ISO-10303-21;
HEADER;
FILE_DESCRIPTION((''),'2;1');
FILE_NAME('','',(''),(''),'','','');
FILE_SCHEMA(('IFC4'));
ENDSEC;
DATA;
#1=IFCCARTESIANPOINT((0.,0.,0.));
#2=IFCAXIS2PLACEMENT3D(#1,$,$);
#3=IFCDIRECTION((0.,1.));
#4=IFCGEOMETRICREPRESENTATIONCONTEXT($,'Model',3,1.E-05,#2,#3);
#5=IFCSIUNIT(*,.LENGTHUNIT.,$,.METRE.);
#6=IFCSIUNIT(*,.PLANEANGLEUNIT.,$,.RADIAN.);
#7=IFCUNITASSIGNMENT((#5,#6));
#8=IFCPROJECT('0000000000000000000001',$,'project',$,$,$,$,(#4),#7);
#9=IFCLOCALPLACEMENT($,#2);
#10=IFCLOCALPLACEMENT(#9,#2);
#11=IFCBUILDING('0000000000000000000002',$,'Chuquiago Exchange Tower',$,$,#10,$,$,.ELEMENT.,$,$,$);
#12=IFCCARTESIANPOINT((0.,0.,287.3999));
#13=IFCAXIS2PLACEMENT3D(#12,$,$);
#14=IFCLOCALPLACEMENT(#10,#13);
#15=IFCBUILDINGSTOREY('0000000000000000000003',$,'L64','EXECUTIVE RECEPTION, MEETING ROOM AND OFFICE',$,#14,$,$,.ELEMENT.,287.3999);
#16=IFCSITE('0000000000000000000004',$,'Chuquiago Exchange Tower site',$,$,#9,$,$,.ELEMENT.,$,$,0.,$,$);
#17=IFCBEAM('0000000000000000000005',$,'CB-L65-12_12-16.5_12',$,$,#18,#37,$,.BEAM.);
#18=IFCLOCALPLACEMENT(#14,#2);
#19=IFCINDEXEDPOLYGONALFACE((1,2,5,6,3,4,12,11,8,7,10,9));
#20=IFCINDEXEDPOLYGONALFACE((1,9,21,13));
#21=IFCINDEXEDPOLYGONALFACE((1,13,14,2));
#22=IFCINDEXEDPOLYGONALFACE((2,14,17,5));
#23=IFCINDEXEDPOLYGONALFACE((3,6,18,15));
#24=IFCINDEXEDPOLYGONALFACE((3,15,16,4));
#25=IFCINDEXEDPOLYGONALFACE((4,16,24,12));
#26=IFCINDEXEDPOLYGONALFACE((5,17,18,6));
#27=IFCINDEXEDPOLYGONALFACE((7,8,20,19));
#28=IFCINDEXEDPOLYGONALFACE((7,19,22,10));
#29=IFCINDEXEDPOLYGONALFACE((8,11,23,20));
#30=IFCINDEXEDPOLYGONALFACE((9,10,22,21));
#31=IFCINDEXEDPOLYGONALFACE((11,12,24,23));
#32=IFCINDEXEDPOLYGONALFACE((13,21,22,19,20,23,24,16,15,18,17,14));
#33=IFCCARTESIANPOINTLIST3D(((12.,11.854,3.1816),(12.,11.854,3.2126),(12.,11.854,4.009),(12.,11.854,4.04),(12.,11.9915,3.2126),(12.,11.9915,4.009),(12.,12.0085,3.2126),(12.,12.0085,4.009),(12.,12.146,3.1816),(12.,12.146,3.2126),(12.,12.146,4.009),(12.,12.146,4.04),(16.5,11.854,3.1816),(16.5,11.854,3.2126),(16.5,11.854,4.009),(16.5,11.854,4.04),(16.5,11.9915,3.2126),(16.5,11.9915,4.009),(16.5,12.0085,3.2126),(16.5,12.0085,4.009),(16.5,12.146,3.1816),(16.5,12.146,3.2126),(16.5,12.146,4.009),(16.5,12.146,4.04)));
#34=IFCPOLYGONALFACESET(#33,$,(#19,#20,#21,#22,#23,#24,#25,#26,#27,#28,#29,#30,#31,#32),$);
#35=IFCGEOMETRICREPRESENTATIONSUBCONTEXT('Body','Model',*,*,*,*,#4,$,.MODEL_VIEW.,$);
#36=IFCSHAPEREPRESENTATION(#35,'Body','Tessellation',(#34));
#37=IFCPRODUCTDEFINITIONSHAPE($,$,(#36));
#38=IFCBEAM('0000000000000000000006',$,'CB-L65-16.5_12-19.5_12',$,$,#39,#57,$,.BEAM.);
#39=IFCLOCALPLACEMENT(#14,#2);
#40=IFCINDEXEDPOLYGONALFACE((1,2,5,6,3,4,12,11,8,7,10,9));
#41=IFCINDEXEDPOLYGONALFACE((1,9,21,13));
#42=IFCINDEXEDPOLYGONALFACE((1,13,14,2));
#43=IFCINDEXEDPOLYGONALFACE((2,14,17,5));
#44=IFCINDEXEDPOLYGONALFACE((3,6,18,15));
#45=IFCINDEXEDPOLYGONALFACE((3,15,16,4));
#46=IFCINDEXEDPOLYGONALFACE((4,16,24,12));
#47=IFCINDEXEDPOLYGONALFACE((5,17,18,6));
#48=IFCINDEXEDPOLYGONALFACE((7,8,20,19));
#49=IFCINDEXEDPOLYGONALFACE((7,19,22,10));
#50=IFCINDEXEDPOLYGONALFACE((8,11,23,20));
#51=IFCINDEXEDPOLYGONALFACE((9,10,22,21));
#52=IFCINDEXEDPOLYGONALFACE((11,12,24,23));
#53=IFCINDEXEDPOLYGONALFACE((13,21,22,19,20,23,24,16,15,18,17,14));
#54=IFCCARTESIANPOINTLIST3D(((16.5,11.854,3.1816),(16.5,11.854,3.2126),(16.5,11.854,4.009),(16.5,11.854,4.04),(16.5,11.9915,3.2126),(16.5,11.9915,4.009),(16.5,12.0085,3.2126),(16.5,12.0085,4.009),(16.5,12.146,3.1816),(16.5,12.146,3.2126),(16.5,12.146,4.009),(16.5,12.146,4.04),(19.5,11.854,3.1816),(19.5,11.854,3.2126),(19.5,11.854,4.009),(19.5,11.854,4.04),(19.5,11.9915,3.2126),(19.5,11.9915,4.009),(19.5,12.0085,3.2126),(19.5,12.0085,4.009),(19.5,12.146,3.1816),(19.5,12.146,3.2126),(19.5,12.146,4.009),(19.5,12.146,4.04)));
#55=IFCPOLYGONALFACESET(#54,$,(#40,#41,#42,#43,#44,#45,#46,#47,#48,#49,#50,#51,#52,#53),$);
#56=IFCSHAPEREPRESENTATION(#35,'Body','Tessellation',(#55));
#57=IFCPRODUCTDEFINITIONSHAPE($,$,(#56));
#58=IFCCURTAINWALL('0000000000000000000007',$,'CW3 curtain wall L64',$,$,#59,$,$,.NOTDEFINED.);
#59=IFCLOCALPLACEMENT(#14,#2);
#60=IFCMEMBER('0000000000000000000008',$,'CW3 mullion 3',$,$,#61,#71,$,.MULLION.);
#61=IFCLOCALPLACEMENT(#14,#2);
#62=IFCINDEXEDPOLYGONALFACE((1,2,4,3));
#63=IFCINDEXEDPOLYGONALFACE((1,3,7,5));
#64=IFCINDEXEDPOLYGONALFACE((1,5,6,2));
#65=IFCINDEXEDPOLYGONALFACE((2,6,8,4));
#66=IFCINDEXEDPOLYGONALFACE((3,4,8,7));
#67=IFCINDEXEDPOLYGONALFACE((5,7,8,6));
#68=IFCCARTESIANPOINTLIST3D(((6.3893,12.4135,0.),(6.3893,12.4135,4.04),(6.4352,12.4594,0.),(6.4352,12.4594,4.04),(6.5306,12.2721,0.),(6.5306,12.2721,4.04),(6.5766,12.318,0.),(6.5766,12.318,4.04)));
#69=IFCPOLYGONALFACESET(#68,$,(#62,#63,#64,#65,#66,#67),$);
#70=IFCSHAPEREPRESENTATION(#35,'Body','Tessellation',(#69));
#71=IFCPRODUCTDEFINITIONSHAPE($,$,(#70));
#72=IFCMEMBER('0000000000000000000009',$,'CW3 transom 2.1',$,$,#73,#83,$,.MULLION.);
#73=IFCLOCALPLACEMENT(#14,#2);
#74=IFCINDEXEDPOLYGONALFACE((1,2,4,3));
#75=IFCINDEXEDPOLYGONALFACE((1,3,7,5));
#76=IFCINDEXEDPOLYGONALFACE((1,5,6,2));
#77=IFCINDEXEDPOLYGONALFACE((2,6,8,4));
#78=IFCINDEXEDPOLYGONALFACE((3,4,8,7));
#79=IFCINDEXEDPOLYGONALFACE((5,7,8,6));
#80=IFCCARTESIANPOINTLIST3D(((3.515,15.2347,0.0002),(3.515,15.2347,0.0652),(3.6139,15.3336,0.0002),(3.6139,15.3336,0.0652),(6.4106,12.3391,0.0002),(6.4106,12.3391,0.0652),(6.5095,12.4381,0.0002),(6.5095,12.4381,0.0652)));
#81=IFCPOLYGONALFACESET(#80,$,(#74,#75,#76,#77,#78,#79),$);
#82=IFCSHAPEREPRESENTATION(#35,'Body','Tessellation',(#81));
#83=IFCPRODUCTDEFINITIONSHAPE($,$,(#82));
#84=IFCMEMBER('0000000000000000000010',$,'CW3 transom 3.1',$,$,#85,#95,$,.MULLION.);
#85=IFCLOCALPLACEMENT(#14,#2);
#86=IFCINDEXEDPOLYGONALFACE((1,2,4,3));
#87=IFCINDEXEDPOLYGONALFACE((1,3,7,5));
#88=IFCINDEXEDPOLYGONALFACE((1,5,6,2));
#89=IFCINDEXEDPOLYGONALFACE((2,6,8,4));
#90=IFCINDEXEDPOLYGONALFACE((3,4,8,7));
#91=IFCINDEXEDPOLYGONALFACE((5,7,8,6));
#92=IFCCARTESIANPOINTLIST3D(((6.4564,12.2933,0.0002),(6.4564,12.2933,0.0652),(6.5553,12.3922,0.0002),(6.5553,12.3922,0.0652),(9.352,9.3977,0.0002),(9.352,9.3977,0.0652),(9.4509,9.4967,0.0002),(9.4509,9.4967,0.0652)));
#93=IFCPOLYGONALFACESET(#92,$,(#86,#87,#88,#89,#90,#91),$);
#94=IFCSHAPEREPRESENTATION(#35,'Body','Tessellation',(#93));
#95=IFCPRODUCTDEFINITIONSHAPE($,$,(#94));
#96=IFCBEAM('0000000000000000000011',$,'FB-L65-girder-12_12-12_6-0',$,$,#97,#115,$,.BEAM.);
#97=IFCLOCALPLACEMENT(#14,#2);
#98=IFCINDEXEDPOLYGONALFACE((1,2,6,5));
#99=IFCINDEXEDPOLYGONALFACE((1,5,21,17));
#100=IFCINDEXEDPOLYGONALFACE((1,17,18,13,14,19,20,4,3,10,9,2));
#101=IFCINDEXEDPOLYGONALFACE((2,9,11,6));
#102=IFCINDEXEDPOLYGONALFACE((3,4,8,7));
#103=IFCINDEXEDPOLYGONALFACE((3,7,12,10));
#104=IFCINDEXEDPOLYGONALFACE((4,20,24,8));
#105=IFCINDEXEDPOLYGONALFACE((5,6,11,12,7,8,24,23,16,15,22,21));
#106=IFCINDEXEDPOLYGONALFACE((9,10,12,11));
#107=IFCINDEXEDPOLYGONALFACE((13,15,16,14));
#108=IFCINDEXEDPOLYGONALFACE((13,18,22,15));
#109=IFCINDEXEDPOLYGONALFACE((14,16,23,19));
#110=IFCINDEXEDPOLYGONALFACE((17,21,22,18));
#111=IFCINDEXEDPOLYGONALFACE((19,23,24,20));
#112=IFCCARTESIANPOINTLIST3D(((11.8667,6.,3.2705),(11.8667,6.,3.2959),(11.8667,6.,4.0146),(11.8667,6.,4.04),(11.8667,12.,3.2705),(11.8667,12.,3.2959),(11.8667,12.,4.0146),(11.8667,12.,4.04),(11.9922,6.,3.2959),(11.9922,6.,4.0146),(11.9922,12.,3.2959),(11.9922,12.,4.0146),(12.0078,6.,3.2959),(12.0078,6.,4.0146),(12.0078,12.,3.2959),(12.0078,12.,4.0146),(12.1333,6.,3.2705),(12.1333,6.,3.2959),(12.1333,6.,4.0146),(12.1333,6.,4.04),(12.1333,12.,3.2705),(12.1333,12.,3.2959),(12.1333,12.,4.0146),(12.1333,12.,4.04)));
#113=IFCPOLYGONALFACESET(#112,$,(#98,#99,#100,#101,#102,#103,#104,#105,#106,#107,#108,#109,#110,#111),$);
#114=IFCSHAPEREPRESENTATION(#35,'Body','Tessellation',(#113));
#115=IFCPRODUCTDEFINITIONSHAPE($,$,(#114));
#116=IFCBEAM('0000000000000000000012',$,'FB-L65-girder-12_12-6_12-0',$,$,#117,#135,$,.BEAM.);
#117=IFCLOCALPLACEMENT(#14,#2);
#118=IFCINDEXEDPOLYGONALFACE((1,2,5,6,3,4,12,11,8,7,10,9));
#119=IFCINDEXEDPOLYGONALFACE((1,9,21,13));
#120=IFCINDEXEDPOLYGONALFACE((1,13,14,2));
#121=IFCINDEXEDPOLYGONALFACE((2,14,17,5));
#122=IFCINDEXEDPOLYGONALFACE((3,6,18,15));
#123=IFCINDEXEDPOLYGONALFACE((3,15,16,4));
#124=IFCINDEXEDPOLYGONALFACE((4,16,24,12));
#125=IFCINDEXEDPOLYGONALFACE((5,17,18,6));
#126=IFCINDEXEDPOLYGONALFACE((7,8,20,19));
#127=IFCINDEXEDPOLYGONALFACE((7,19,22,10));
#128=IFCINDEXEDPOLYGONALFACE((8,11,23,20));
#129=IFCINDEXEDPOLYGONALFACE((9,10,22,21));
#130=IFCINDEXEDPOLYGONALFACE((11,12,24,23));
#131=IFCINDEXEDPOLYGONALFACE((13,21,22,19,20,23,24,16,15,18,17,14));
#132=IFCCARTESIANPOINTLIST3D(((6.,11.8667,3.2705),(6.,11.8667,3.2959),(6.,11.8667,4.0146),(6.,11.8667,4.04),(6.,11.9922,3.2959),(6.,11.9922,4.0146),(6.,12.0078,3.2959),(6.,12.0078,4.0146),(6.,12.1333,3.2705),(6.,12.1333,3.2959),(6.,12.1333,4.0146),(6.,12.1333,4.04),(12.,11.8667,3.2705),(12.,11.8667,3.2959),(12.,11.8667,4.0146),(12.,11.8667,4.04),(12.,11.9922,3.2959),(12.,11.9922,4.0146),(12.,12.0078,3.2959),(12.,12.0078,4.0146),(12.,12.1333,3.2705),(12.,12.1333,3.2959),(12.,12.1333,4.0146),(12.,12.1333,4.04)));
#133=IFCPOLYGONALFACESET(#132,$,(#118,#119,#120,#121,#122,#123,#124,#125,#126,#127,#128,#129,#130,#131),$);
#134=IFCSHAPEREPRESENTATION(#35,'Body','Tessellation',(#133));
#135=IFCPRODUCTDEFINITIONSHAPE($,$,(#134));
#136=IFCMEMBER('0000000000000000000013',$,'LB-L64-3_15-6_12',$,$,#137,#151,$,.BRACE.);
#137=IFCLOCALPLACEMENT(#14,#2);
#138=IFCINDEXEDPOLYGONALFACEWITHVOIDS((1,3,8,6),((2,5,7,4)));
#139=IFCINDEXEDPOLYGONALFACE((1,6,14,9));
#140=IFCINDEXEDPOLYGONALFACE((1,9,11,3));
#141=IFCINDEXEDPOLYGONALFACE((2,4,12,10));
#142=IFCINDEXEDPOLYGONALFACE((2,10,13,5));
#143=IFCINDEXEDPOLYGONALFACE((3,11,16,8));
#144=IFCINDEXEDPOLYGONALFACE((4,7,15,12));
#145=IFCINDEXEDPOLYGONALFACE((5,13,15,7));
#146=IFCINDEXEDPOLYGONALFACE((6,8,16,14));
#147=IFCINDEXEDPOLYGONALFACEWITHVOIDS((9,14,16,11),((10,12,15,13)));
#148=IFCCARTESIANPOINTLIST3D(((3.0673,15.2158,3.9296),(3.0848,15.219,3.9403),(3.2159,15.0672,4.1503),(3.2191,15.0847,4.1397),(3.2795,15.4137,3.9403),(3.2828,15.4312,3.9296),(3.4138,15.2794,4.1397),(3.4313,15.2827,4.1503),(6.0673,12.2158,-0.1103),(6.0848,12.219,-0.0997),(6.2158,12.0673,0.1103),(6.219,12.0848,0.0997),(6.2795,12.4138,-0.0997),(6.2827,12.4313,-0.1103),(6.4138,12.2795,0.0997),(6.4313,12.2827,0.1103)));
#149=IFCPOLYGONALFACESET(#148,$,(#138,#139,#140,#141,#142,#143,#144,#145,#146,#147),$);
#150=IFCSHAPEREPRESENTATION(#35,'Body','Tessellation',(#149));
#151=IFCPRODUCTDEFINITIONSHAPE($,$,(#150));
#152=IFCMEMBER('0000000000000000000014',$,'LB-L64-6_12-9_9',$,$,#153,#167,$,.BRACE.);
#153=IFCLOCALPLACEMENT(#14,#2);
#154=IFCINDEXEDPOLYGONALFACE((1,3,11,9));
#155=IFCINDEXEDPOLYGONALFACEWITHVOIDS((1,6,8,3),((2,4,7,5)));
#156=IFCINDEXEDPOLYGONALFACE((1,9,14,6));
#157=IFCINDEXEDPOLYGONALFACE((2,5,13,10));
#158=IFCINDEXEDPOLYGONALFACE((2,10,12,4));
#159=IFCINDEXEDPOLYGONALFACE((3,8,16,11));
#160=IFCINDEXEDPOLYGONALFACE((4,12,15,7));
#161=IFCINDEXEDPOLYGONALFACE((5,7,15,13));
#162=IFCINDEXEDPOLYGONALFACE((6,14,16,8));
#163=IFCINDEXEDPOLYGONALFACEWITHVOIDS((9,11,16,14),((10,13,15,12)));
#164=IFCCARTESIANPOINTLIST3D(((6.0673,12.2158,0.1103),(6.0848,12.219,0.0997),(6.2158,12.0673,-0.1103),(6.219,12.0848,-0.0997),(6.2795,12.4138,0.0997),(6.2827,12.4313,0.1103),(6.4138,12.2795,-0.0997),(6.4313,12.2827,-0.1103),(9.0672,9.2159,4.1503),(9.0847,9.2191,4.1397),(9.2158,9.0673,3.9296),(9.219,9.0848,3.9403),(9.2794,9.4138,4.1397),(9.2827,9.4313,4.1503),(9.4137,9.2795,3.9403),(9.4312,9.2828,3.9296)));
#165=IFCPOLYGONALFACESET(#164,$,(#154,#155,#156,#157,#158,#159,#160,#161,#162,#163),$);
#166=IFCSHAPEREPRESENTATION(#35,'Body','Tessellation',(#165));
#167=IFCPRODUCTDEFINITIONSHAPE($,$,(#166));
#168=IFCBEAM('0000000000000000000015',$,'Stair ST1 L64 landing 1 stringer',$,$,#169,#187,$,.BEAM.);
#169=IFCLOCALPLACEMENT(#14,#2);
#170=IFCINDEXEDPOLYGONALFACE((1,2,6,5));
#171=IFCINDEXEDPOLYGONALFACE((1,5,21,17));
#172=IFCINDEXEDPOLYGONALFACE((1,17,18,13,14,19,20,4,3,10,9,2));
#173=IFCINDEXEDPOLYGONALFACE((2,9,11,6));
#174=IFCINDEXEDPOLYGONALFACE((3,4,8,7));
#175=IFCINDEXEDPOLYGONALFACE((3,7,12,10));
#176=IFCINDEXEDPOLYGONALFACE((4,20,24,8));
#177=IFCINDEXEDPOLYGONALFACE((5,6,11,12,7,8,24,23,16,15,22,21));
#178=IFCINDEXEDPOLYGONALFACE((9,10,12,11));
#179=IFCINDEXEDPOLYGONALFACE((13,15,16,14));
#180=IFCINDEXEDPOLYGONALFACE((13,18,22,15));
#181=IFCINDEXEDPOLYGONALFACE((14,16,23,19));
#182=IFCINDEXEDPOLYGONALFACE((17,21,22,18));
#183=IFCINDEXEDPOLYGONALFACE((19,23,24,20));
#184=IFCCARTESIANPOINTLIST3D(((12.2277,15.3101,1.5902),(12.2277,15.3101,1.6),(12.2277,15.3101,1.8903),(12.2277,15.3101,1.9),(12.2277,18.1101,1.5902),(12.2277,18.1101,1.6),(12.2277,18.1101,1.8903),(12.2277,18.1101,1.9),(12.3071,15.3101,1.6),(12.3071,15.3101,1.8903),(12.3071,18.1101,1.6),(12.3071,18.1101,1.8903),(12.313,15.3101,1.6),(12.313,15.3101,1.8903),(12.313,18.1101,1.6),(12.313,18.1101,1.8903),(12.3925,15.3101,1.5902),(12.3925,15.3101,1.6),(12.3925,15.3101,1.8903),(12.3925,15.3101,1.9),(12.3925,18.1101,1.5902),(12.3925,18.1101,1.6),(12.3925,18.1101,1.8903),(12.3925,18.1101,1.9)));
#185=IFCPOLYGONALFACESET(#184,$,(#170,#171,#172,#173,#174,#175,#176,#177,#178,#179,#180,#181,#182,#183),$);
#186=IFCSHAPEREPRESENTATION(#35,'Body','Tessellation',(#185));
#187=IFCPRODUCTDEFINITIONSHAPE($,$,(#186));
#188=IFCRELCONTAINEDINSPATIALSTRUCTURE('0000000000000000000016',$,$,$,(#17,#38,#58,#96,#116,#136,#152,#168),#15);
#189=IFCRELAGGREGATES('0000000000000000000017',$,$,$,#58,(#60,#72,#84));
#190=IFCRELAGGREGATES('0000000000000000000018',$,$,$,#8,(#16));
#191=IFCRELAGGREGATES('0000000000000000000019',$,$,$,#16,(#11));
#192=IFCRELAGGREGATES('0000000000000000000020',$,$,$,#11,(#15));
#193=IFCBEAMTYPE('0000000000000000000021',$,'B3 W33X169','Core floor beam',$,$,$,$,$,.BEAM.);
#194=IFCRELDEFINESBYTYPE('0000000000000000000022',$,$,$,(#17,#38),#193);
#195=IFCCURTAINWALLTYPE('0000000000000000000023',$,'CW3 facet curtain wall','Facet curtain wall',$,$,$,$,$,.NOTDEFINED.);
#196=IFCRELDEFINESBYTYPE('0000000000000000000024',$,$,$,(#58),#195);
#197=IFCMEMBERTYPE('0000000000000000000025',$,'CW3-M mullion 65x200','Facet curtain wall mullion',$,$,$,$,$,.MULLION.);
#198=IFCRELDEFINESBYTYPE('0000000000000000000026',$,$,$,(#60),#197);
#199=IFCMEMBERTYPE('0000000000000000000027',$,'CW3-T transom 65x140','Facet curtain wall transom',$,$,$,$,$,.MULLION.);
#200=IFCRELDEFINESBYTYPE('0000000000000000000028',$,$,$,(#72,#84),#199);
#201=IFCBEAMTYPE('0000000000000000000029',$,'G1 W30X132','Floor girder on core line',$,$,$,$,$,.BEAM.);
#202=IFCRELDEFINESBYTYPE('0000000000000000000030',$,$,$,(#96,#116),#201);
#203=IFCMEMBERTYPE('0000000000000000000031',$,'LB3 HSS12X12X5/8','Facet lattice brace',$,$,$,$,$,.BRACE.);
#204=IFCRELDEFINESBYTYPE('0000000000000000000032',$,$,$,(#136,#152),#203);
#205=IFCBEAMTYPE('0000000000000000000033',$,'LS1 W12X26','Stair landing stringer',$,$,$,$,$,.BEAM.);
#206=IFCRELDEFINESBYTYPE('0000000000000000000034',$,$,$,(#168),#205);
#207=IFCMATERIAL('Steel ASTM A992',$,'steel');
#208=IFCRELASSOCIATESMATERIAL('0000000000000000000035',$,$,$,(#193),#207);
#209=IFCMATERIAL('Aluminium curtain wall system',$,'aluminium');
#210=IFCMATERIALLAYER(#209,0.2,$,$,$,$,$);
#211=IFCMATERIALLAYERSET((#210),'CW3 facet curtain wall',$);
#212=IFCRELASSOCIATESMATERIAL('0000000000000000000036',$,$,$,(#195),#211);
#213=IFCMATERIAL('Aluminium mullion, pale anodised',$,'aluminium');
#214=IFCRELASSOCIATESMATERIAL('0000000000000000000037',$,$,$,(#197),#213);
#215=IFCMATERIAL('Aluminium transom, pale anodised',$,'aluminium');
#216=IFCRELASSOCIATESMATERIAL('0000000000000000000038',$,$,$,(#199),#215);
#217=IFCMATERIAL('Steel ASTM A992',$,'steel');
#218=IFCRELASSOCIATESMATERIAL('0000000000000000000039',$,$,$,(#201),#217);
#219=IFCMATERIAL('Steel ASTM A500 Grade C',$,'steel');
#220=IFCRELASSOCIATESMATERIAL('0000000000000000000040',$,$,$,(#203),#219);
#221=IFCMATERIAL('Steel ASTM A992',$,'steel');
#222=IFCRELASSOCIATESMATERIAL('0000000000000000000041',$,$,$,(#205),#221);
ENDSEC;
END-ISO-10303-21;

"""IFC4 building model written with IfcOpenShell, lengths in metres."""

from ifc_helpers import new_model, si_unit, direction, frame, origin, origin_2d, place, context, subcontext, project, spatial, rectangle, hollow_rectangle, i_section, extrude, material, layer, layer_set, material_profile, profile_set, type_object, element, aggregate, save


model = new_model("IFC4")

# Units and contexts
model_context = context("Model", 3, precision=1e-05, world=origin(), true_north=direction((0.0, 1.0)))
body_context = subcontext(model_context, "Body", "Model", "MODEL_VIEW")
ifc_project = project(units=[si_unit("LENGTHUNIT", "METRE"), si_unit("PLANEANGLEUNIT", "RADIAN")], contexts=[model_context])

# Site, building, storey
site_placement = place(None, origin())
site = spatial("IfcSite", under=ifc_project, at=site_placement, Name="Chuquiago Exchange Tower site", CompositionType="ELEMENT", RefElevation=0.0)
building_placement = place(site_placement, origin())
building = spatial("IfcBuilding", under=site, at=building_placement, Name="Chuquiago Exchange Tower", CompositionType="ELEMENT")
storey_placement = place(building_placement, frame((0.0, 0.0, 287.3999)))
storey = spatial("IfcBuildingStorey", under=building, at=storey_placement, Name="L64", Description="EXECUTIVE RECEPTION, MEETING ROOM AND OFFICE", CompositionType="ELEMENT", Elevation=287.3999)

# Beams
ifc_material_1 = material(Name="Steel ASTM A992", Category="steel")
ifc_material_profile_1 = material_profile(ifc_material_1, i_section(OverallWidth=0.292, OverallDepth=0.8584, WebThickness=0.0171, FlangeThickness=0.031, at=origin_2d()), Name="W33X169")
ifc_profile_set_1 = profile_set([ifc_material_profile_1], Name="Steel ASTM A992")
beam_type_1 = type_object("IfcBeamType", Name="B3 W33X169", Description="Core floor beam", PredefinedType="BEAM", material=ifc_profile_set_1)
beam_1_placement = place(storey_placement, frame((12.0, 12.0, 3.6108), z_axis=(1.0, 0.0, 0.0), x_axis=(0.0, 1.0, 0.0)))
element("IfcBeam", 1, at=beam_1_placement, inside=storey, type_object=beam_type_1, Name="CB-L65-12_12-16.5_12", PredefinedType="BEAM", context=body_context, shape_type="SweptSolid", body=[
    extrude(i_section(OverallWidth=0.292, OverallDepth=0.8584, WebThickness=0.0171, FlangeThickness=0.031, at=origin_2d()), origin(), (0.0, 0.0, 1.0), 4.5),
])
beam_2_placement = place(storey_placement, frame((16.5, 12.0, 3.6108), z_axis=(1.0, 0.0, 0.0), x_axis=(0.0, 1.0, 0.0)))
element("IfcBeam", 2, at=beam_2_placement, inside=storey, type_object=beam_type_1, Name="CB-L65-16.5_12-19.5_12", PredefinedType="BEAM", context=body_context, shape_type="SweptSolid", body=[
    extrude(i_section(OverallWidth=0.292, OverallDepth=0.8584, WebThickness=0.0171, FlangeThickness=0.031, at=origin_2d()), origin(), (0.0, 0.0, 1.0), 3.0),
])

# Curtain wall, members
ifc_material_2 = material(Name="Aluminium curtain wall system", Category="aluminium")
ifc_layer_1 = layer(ifc_material_2, 0.2)
ifc_layer_set_1 = layer_set([ifc_layer_1], Name="CW3 facet curtain wall")
curtain_wall_type = type_object("IfcCurtainWallType", Name="CW3 facet curtain wall", Description="Facet curtain wall", PredefinedType="NOTDEFINED", material=ifc_layer_set_1)
curtain_wall_placement = place(storey_placement, origin())
curtain_wall = element("IfcCurtainWall", 3, at=curtain_wall_placement, inside=storey, type_object=curtain_wall_type, Name="CW3 curtain wall L64", PredefinedType="NOTDEFINED")
ifc_material_3 = material(Name="Aluminium mullion, pale anodised", Category="aluminium")
ifc_material_profile_2 = material_profile(ifc_material_3, rectangle(XDim=0.0649, YDim=0.2, at=origin_2d()), Name="AL 65x200")
ifc_profile_set_2 = profile_set([ifc_material_profile_2], Name="Aluminium mullion, pale anodised")
member_type_1 = type_object("IfcMemberType", Name="CW3-M mullion 65x200", Description="Facet curtain wall mullion", PredefinedType="MULLION", material=ifc_profile_set_2)
member_1_placement = place(storey_placement, frame((6.4829, 12.3657, 0.0), z_axis=(0.0, 0.0, 1.0), x_axis=(0.707107, 0.707107, 0.0)))
member_1 = element("IfcMember", 4, at=member_1_placement, type_object=member_type_1, Name="CW3 mullion 3", PredefinedType="MULLION", context=body_context, shape_type="SweptSolid", body=[
    extrude(rectangle(XDim=0.0649, YDim=0.2, at=origin_2d()), origin(), (0.0, 0.0, 1.0), 4.04),
])
ifc_material_4 = material(Name="Aluminium transom, pale anodised", Category="aluminium")
ifc_material_profile_3 = material_profile(ifc_material_4, rectangle(XDim=0.1399, YDim=0.0649, at=origin_2d()), Name="AL 140x65")
ifc_profile_set_3 = profile_set([ifc_material_profile_3], Name="Aluminium transom, pale anodised")
member_type_2 = type_object("IfcMemberType", Name="CW3-T transom 65x140", Description="Facet curtain wall transom", PredefinedType="MULLION", material=ifc_profile_set_3)
member_2_placement = place(storey_placement, frame((3.5645, 15.2842, 0.0327), z_axis=(0.707107, -0.707107, 0.0), x_axis=(0.707107, 0.707107, 0.0)))
member_2 = element("IfcMember", 5, at=member_2_placement, type_object=member_type_2, Name="CW3 transom 2.1", PredefinedType="MULLION", context=body_context, shape_type="SweptSolid", body=[
    extrude(rectangle(XDim=0.1399, YDim=0.0649, at=origin_2d()), origin(), (0.0, 0.0, 1.0), 4.095),
])
member_3_placement = place(storey_placement, frame((6.5059, 12.3428, 0.0327), z_axis=(0.707107, -0.707107, 0.0), x_axis=(0.707107, 0.707107, 0.0)))
member_3 = element("IfcMember", 6, at=member_3_placement, type_object=member_type_2, Name="CW3 transom 3.1", PredefinedType="MULLION", context=body_context, shape_type="SweptSolid", body=[
    extrude(rectangle(XDim=0.1399, YDim=0.0649, at=origin_2d()), origin(), (0.0, 0.0, 1.0), 4.095),
])

# Beams
ifc_material_5 = material(Name="Steel ASTM A992", Category="steel")
ifc_material_profile_4 = material_profile(ifc_material_5, i_section(OverallWidth=0.2666, OverallDepth=0.7695, WebThickness=0.0156, FlangeThickness=0.0254, at=origin_2d()), Name="W30X132")
ifc_profile_set_4 = profile_set([ifc_material_profile_4], Name="Steel ASTM A992")
beam_type_2 = type_object("IfcBeamType", Name="G1 W30X132", Description="Floor girder on core line", PredefinedType="BEAM", material=ifc_profile_set_4)
for number, where, z_axis, x_axis, name in (
    (7, (12.0, 12.0, 3.6553), (0.0, -1.0, 0.0), (1.0, 0.0, 0.0), "FB-L65-girder-12_12-12_6-0"),
    (8, (12.0, 12.0, 3.6553), (-1.0, 0.0, 0.0), (0.0, -1.0, 0.0), "FB-L65-girder-12_12-6_12-0"),
):
    element("IfcBeam", number, at=place(storey_placement, frame(where, z_axis=z_axis, x_axis=x_axis)), inside=storey, type_object=beam_type_2, Name=name, PredefinedType="BEAM", context=body_context, shape_type="SweptSolid", body=[
        extrude(i_section(OverallWidth=0.2666, OverallDepth=0.7695, WebThickness=0.0156, FlangeThickness=0.0254, at=origin_2d()), origin(), (0.0, 0.0, 1.0), 6.0),
    ])

# Members
ifc_material_6 = material(Name="Steel ASTM A500 Grade C", Category="steel")
ifc_material_profile_5 = material_profile(ifc_material_6, hollow_rectangle(XDim=0.3047, YDim=0.3047, WallThickness=0.0146, at=origin_2d()), Name="HSS12X12X5/8")
ifc_profile_set_5 = profile_set([ifc_material_profile_5], Name="Steel ASTM A500 Grade C")
member_type_3 = type_object("IfcMemberType", Name="LB3 HSS12X12X5/8", Description="Facet lattice brace", PredefinedType="BRACE", material=ifc_profile_set_5)
for number, where, z_axis, x_axis, name in (
    (9, (6.2493, 12.2493, 0.0), (-0.512077, 0.512077, 0.689604), (-0.707107, -0.707107, 0.0), "LB-L64-3_15-6_12"),
    (10, (6.2493, 12.2493, 0.0), (0.512077, -0.512077, 0.689604), (0.707107, 0.707107, 0.0), "LB-L64-6_12-9_9"),
):
    element("IfcMember", number, at=place(storey_placement, frame(where, z_axis=z_axis, x_axis=x_axis)), inside=storey, type_object=member_type_3, Name=name, PredefinedType="BRACE", context=body_context, shape_type="SweptSolid", body=[
        extrude(hollow_rectangle(XDim=0.3047, YDim=0.3047, WallThickness=0.0146, at=origin_2d()), origin(), (0.0, 0.0, 1.0), 5.8584),
    ])

# Beam
ifc_material_7 = material(Name="Steel ASTM A992", Category="steel")
ifc_material_profile_6 = material_profile(ifc_material_7, i_section(OverallWidth=0.1648, OverallDepth=0.3098, WebThickness=0.0059, FlangeThickness=0.0098, at=origin_2d()), Name="W12X26")
ifc_profile_set_6 = profile_set([ifc_material_profile_6], Name="Steel ASTM A992")
beam_type_3 = type_object("IfcBeamType", Name="LS1 W12X26", Description="Stair landing stringer", PredefinedType="BEAM", material=ifc_profile_set_6)
for number, where, z_axis, x_axis, name in (
    (11, (12.3101, 15.3101, 1.7451), (0.0, 1.0, 0.0), (-1.0, 0.0, 0.0), "Stair ST1 L64 landing 1 stringer"),
):
    element("IfcBeam", number, at=place(storey_placement, frame(where, z_axis=z_axis, x_axis=x_axis)), inside=storey, type_object=beam_type_3, Name=name, PredefinedType="BEAM", context=body_context, shape_type="SweptSolid", body=[
        extrude(i_section(OverallWidth=0.1648, OverallDepth=0.3098, WebThickness=0.0059, FlangeThickness=0.0098, at=origin_2d()), origin(), (0.0, 0.0, 1.0), 2.8),
    ])

aggregate(curtain_wall, [member_1, member_2, member_3])

save(model, "model.ifc")
